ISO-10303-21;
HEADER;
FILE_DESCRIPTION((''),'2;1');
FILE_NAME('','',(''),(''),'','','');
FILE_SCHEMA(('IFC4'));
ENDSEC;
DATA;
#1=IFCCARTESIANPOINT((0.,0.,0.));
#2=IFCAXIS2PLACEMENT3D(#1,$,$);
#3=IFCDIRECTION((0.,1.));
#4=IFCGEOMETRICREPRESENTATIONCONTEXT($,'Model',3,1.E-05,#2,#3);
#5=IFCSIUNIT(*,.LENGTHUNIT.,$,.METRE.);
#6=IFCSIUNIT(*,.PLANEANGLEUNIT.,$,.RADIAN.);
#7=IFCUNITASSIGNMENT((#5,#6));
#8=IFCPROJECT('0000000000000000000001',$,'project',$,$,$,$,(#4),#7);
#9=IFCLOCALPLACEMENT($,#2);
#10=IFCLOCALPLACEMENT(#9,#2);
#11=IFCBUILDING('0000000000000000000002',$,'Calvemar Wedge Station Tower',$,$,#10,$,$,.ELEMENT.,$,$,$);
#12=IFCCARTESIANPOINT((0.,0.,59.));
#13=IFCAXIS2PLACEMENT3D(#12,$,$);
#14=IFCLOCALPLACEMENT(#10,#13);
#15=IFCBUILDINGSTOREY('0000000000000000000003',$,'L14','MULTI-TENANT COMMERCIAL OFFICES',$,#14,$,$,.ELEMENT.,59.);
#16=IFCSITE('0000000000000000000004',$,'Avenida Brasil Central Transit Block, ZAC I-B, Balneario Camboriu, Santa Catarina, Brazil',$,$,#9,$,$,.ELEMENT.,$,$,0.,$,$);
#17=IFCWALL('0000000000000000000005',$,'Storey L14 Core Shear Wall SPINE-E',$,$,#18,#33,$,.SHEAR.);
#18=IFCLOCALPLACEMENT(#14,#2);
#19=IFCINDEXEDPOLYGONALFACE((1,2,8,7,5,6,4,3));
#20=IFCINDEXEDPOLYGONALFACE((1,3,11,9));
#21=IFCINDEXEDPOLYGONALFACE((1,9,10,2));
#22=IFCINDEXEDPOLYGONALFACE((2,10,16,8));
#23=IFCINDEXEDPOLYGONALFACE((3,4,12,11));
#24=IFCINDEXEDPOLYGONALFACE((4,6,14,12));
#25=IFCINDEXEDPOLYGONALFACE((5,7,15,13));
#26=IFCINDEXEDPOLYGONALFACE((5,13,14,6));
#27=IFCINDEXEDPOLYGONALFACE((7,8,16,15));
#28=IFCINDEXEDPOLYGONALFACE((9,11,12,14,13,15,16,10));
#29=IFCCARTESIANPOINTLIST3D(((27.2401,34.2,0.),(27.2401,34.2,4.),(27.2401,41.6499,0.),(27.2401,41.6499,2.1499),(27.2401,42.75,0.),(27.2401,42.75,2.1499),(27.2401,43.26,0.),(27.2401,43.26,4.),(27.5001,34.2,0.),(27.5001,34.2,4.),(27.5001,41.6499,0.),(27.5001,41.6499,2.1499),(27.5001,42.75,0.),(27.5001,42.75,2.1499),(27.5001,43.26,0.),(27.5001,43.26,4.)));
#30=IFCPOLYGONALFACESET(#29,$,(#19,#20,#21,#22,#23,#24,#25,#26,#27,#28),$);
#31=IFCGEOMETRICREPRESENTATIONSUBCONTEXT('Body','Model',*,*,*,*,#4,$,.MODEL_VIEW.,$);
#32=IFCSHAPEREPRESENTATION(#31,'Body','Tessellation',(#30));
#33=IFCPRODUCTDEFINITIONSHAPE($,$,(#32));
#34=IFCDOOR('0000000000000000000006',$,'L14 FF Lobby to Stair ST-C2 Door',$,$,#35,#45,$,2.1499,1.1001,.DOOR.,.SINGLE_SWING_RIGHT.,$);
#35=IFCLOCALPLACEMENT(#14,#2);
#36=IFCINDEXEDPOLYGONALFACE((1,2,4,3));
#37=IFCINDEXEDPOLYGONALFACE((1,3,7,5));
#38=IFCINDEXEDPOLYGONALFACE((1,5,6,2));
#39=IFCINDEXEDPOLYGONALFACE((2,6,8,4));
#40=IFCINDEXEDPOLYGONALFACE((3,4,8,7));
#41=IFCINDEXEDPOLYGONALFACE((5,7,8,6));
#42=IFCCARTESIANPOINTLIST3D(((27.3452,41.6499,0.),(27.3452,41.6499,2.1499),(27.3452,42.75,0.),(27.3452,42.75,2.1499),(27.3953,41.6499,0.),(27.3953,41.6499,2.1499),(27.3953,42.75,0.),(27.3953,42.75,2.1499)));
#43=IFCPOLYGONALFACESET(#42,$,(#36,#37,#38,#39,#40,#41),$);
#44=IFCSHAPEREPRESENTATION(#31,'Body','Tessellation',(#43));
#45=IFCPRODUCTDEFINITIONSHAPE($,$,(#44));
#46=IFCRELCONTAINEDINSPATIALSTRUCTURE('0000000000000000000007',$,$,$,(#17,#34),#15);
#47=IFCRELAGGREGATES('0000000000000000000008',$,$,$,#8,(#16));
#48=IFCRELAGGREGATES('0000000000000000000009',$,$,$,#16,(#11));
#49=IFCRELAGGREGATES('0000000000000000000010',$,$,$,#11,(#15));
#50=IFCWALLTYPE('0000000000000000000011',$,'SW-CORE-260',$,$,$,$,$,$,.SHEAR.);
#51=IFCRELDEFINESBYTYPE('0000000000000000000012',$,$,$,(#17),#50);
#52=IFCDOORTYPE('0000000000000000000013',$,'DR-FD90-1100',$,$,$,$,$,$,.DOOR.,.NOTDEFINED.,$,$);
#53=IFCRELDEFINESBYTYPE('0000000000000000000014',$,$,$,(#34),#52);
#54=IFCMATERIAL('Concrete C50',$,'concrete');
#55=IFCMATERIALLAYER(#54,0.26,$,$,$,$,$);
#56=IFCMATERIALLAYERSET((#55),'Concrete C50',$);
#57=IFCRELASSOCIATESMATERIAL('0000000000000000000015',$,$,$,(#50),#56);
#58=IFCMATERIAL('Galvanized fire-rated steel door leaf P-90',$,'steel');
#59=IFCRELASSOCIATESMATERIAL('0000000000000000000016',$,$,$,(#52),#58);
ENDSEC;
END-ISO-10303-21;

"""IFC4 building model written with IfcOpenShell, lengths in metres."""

from ifc_helpers import new_model, si_unit, direction, frame, frame_2d, origin, place, context, subcontext, project, spatial, rectangle, extrude, source, transform, mapped, material, layer, layer_set, type_object, element, fill, save


model = new_model("IFC4")

# Units and contexts
model_context = context("Model", 3, precision=1e-05, world=origin(), true_north=direction((0.0, 1.0)))
body_context = subcontext(model_context, "Body", "Model", "MODEL_VIEW")
ifc_project = project(units=[si_unit("LENGTHUNIT", "METRE"), si_unit("PLANEANGLEUNIT", "RADIAN")], contexts=[model_context])

# Site, building, storey
site_placement = place(None, origin())
site = spatial("IfcSite", under=ifc_project, at=site_placement, Name="Avenida Brasil Central Transit Block, ZAC I-B, Balneario Camboriu, Santa Catarina, Brazil", CompositionType="ELEMENT", RefElevation=0.0)
building_placement = place(site_placement, origin())
building = spatial("IfcBuilding", under=site, at=building_placement, Name="Calvemar Wedge Station Tower", CompositionType="ELEMENT")
storey_placement = place(building_placement, frame((0.0, 0.0, 59.0)))
storey = spatial("IfcBuildingStorey", under=building, at=storey_placement, Name="L14", Description="MULTI-TENANT COMMERCIAL OFFICES", CompositionType="ELEMENT", Elevation=59.0)

# Shared definitions
ifc_material_1 = material(Name="Concrete C50", Category="concrete")

# Wall, opening, door
ifc_layer_1 = layer(ifc_material_1, 0.26)
ifc_layer_set_1 = layer_set([ifc_layer_1], Name="Concrete C50")
wall_type_1 = type_object("IfcWallType", Name="SW-CORE-260", PredefinedType="SHEAR", material=ifc_layer_set_1)
wall_1_placement = place(storey_placement, frame((27.3701, 34.2, 0.0), z_axis=(0.0, 0.0, 1.0), x_axis=(0.0, 1.0, 0.0)))
wall_1 = element("IfcWall", 1, at=wall_1_placement, inside=storey, type_object=wall_type_1, Name="Storey L14 Core Shear Wall SPINE-E", PredefinedType="SHEAR", context=body_context, shape_type="SweptSolid", body=[
    extrude(rectangle(XDim=9.0601, YDim=0.26, at=frame_2d((4.53, 0.0))), origin(), (0.0, 0.0, 1.0), 4.0),
])
shared_shape_1 = source(origin(), body_context, "Body", "SweptSolid", [
    extrude(rectangle(XDim=1.1001, YDim=2.1499, at=frame_2d((0.55, 1.075))), frame((0.0, 0.1401, 0.0), z_axis=(0.0, -1.0, 0.0), x_axis=(1.0, 0.0, 0.0)), (0.0, 0.0, 1.0), 0.28),
])
opening_1_placement = place(wall_1_placement, frame((7.45, 0.0, 0.0)))
opening_1 = element("IfcOpeningElement", 2, at=opening_1_placement, cuts=wall_1, PredefinedType="OPENING", context=body_context, shape_type="MappedRepresentation", body=[
    mapped(shared_shape_1, transform((0.0, 0.0, 0.0), scale=1.0)),
])
ifc_material_2 = material(Name="Galvanized fire-rated steel door leaf P-90", Category="steel")
door_type = type_object("IfcDoorType", Name="DR-FD90-1100", OperationType="NOTDEFINED", PredefinedType="DOOR", material=ifc_material_2)
shared_shape_2 = source(origin(), body_context, "Body", "SweptSolid", [
    extrude(rectangle(XDim=1.1001, YDim=2.1499, at=frame_2d((0.55, 1.075))), frame((0.0, 0.0249, 0.0), z_axis=(0.0, -1.0, 0.0), x_axis=(1.0, 0.0, 0.0)), (0.0, 0.0, 1.0), 0.05),
])
door_1_placement = place(opening_1_placement, origin())
door_1 = element("IfcDoor", 3, at=door_1_placement, inside=storey, type_object=door_type, Name="L14 FF Lobby to Stair ST-C2 Door", OperationType="SINGLE_SWING_RIGHT", OverallHeight=2.1499, OverallWidth=1.1001, PredefinedType="DOOR", context=body_context, shape_type="MappedRepresentation", body=[
    mapped(shared_shape_2, transform((0.0, 0.0, 0.0), scale=1.0)),
])
fill(opening_1, door_1)

save(model, "model.ifc")
